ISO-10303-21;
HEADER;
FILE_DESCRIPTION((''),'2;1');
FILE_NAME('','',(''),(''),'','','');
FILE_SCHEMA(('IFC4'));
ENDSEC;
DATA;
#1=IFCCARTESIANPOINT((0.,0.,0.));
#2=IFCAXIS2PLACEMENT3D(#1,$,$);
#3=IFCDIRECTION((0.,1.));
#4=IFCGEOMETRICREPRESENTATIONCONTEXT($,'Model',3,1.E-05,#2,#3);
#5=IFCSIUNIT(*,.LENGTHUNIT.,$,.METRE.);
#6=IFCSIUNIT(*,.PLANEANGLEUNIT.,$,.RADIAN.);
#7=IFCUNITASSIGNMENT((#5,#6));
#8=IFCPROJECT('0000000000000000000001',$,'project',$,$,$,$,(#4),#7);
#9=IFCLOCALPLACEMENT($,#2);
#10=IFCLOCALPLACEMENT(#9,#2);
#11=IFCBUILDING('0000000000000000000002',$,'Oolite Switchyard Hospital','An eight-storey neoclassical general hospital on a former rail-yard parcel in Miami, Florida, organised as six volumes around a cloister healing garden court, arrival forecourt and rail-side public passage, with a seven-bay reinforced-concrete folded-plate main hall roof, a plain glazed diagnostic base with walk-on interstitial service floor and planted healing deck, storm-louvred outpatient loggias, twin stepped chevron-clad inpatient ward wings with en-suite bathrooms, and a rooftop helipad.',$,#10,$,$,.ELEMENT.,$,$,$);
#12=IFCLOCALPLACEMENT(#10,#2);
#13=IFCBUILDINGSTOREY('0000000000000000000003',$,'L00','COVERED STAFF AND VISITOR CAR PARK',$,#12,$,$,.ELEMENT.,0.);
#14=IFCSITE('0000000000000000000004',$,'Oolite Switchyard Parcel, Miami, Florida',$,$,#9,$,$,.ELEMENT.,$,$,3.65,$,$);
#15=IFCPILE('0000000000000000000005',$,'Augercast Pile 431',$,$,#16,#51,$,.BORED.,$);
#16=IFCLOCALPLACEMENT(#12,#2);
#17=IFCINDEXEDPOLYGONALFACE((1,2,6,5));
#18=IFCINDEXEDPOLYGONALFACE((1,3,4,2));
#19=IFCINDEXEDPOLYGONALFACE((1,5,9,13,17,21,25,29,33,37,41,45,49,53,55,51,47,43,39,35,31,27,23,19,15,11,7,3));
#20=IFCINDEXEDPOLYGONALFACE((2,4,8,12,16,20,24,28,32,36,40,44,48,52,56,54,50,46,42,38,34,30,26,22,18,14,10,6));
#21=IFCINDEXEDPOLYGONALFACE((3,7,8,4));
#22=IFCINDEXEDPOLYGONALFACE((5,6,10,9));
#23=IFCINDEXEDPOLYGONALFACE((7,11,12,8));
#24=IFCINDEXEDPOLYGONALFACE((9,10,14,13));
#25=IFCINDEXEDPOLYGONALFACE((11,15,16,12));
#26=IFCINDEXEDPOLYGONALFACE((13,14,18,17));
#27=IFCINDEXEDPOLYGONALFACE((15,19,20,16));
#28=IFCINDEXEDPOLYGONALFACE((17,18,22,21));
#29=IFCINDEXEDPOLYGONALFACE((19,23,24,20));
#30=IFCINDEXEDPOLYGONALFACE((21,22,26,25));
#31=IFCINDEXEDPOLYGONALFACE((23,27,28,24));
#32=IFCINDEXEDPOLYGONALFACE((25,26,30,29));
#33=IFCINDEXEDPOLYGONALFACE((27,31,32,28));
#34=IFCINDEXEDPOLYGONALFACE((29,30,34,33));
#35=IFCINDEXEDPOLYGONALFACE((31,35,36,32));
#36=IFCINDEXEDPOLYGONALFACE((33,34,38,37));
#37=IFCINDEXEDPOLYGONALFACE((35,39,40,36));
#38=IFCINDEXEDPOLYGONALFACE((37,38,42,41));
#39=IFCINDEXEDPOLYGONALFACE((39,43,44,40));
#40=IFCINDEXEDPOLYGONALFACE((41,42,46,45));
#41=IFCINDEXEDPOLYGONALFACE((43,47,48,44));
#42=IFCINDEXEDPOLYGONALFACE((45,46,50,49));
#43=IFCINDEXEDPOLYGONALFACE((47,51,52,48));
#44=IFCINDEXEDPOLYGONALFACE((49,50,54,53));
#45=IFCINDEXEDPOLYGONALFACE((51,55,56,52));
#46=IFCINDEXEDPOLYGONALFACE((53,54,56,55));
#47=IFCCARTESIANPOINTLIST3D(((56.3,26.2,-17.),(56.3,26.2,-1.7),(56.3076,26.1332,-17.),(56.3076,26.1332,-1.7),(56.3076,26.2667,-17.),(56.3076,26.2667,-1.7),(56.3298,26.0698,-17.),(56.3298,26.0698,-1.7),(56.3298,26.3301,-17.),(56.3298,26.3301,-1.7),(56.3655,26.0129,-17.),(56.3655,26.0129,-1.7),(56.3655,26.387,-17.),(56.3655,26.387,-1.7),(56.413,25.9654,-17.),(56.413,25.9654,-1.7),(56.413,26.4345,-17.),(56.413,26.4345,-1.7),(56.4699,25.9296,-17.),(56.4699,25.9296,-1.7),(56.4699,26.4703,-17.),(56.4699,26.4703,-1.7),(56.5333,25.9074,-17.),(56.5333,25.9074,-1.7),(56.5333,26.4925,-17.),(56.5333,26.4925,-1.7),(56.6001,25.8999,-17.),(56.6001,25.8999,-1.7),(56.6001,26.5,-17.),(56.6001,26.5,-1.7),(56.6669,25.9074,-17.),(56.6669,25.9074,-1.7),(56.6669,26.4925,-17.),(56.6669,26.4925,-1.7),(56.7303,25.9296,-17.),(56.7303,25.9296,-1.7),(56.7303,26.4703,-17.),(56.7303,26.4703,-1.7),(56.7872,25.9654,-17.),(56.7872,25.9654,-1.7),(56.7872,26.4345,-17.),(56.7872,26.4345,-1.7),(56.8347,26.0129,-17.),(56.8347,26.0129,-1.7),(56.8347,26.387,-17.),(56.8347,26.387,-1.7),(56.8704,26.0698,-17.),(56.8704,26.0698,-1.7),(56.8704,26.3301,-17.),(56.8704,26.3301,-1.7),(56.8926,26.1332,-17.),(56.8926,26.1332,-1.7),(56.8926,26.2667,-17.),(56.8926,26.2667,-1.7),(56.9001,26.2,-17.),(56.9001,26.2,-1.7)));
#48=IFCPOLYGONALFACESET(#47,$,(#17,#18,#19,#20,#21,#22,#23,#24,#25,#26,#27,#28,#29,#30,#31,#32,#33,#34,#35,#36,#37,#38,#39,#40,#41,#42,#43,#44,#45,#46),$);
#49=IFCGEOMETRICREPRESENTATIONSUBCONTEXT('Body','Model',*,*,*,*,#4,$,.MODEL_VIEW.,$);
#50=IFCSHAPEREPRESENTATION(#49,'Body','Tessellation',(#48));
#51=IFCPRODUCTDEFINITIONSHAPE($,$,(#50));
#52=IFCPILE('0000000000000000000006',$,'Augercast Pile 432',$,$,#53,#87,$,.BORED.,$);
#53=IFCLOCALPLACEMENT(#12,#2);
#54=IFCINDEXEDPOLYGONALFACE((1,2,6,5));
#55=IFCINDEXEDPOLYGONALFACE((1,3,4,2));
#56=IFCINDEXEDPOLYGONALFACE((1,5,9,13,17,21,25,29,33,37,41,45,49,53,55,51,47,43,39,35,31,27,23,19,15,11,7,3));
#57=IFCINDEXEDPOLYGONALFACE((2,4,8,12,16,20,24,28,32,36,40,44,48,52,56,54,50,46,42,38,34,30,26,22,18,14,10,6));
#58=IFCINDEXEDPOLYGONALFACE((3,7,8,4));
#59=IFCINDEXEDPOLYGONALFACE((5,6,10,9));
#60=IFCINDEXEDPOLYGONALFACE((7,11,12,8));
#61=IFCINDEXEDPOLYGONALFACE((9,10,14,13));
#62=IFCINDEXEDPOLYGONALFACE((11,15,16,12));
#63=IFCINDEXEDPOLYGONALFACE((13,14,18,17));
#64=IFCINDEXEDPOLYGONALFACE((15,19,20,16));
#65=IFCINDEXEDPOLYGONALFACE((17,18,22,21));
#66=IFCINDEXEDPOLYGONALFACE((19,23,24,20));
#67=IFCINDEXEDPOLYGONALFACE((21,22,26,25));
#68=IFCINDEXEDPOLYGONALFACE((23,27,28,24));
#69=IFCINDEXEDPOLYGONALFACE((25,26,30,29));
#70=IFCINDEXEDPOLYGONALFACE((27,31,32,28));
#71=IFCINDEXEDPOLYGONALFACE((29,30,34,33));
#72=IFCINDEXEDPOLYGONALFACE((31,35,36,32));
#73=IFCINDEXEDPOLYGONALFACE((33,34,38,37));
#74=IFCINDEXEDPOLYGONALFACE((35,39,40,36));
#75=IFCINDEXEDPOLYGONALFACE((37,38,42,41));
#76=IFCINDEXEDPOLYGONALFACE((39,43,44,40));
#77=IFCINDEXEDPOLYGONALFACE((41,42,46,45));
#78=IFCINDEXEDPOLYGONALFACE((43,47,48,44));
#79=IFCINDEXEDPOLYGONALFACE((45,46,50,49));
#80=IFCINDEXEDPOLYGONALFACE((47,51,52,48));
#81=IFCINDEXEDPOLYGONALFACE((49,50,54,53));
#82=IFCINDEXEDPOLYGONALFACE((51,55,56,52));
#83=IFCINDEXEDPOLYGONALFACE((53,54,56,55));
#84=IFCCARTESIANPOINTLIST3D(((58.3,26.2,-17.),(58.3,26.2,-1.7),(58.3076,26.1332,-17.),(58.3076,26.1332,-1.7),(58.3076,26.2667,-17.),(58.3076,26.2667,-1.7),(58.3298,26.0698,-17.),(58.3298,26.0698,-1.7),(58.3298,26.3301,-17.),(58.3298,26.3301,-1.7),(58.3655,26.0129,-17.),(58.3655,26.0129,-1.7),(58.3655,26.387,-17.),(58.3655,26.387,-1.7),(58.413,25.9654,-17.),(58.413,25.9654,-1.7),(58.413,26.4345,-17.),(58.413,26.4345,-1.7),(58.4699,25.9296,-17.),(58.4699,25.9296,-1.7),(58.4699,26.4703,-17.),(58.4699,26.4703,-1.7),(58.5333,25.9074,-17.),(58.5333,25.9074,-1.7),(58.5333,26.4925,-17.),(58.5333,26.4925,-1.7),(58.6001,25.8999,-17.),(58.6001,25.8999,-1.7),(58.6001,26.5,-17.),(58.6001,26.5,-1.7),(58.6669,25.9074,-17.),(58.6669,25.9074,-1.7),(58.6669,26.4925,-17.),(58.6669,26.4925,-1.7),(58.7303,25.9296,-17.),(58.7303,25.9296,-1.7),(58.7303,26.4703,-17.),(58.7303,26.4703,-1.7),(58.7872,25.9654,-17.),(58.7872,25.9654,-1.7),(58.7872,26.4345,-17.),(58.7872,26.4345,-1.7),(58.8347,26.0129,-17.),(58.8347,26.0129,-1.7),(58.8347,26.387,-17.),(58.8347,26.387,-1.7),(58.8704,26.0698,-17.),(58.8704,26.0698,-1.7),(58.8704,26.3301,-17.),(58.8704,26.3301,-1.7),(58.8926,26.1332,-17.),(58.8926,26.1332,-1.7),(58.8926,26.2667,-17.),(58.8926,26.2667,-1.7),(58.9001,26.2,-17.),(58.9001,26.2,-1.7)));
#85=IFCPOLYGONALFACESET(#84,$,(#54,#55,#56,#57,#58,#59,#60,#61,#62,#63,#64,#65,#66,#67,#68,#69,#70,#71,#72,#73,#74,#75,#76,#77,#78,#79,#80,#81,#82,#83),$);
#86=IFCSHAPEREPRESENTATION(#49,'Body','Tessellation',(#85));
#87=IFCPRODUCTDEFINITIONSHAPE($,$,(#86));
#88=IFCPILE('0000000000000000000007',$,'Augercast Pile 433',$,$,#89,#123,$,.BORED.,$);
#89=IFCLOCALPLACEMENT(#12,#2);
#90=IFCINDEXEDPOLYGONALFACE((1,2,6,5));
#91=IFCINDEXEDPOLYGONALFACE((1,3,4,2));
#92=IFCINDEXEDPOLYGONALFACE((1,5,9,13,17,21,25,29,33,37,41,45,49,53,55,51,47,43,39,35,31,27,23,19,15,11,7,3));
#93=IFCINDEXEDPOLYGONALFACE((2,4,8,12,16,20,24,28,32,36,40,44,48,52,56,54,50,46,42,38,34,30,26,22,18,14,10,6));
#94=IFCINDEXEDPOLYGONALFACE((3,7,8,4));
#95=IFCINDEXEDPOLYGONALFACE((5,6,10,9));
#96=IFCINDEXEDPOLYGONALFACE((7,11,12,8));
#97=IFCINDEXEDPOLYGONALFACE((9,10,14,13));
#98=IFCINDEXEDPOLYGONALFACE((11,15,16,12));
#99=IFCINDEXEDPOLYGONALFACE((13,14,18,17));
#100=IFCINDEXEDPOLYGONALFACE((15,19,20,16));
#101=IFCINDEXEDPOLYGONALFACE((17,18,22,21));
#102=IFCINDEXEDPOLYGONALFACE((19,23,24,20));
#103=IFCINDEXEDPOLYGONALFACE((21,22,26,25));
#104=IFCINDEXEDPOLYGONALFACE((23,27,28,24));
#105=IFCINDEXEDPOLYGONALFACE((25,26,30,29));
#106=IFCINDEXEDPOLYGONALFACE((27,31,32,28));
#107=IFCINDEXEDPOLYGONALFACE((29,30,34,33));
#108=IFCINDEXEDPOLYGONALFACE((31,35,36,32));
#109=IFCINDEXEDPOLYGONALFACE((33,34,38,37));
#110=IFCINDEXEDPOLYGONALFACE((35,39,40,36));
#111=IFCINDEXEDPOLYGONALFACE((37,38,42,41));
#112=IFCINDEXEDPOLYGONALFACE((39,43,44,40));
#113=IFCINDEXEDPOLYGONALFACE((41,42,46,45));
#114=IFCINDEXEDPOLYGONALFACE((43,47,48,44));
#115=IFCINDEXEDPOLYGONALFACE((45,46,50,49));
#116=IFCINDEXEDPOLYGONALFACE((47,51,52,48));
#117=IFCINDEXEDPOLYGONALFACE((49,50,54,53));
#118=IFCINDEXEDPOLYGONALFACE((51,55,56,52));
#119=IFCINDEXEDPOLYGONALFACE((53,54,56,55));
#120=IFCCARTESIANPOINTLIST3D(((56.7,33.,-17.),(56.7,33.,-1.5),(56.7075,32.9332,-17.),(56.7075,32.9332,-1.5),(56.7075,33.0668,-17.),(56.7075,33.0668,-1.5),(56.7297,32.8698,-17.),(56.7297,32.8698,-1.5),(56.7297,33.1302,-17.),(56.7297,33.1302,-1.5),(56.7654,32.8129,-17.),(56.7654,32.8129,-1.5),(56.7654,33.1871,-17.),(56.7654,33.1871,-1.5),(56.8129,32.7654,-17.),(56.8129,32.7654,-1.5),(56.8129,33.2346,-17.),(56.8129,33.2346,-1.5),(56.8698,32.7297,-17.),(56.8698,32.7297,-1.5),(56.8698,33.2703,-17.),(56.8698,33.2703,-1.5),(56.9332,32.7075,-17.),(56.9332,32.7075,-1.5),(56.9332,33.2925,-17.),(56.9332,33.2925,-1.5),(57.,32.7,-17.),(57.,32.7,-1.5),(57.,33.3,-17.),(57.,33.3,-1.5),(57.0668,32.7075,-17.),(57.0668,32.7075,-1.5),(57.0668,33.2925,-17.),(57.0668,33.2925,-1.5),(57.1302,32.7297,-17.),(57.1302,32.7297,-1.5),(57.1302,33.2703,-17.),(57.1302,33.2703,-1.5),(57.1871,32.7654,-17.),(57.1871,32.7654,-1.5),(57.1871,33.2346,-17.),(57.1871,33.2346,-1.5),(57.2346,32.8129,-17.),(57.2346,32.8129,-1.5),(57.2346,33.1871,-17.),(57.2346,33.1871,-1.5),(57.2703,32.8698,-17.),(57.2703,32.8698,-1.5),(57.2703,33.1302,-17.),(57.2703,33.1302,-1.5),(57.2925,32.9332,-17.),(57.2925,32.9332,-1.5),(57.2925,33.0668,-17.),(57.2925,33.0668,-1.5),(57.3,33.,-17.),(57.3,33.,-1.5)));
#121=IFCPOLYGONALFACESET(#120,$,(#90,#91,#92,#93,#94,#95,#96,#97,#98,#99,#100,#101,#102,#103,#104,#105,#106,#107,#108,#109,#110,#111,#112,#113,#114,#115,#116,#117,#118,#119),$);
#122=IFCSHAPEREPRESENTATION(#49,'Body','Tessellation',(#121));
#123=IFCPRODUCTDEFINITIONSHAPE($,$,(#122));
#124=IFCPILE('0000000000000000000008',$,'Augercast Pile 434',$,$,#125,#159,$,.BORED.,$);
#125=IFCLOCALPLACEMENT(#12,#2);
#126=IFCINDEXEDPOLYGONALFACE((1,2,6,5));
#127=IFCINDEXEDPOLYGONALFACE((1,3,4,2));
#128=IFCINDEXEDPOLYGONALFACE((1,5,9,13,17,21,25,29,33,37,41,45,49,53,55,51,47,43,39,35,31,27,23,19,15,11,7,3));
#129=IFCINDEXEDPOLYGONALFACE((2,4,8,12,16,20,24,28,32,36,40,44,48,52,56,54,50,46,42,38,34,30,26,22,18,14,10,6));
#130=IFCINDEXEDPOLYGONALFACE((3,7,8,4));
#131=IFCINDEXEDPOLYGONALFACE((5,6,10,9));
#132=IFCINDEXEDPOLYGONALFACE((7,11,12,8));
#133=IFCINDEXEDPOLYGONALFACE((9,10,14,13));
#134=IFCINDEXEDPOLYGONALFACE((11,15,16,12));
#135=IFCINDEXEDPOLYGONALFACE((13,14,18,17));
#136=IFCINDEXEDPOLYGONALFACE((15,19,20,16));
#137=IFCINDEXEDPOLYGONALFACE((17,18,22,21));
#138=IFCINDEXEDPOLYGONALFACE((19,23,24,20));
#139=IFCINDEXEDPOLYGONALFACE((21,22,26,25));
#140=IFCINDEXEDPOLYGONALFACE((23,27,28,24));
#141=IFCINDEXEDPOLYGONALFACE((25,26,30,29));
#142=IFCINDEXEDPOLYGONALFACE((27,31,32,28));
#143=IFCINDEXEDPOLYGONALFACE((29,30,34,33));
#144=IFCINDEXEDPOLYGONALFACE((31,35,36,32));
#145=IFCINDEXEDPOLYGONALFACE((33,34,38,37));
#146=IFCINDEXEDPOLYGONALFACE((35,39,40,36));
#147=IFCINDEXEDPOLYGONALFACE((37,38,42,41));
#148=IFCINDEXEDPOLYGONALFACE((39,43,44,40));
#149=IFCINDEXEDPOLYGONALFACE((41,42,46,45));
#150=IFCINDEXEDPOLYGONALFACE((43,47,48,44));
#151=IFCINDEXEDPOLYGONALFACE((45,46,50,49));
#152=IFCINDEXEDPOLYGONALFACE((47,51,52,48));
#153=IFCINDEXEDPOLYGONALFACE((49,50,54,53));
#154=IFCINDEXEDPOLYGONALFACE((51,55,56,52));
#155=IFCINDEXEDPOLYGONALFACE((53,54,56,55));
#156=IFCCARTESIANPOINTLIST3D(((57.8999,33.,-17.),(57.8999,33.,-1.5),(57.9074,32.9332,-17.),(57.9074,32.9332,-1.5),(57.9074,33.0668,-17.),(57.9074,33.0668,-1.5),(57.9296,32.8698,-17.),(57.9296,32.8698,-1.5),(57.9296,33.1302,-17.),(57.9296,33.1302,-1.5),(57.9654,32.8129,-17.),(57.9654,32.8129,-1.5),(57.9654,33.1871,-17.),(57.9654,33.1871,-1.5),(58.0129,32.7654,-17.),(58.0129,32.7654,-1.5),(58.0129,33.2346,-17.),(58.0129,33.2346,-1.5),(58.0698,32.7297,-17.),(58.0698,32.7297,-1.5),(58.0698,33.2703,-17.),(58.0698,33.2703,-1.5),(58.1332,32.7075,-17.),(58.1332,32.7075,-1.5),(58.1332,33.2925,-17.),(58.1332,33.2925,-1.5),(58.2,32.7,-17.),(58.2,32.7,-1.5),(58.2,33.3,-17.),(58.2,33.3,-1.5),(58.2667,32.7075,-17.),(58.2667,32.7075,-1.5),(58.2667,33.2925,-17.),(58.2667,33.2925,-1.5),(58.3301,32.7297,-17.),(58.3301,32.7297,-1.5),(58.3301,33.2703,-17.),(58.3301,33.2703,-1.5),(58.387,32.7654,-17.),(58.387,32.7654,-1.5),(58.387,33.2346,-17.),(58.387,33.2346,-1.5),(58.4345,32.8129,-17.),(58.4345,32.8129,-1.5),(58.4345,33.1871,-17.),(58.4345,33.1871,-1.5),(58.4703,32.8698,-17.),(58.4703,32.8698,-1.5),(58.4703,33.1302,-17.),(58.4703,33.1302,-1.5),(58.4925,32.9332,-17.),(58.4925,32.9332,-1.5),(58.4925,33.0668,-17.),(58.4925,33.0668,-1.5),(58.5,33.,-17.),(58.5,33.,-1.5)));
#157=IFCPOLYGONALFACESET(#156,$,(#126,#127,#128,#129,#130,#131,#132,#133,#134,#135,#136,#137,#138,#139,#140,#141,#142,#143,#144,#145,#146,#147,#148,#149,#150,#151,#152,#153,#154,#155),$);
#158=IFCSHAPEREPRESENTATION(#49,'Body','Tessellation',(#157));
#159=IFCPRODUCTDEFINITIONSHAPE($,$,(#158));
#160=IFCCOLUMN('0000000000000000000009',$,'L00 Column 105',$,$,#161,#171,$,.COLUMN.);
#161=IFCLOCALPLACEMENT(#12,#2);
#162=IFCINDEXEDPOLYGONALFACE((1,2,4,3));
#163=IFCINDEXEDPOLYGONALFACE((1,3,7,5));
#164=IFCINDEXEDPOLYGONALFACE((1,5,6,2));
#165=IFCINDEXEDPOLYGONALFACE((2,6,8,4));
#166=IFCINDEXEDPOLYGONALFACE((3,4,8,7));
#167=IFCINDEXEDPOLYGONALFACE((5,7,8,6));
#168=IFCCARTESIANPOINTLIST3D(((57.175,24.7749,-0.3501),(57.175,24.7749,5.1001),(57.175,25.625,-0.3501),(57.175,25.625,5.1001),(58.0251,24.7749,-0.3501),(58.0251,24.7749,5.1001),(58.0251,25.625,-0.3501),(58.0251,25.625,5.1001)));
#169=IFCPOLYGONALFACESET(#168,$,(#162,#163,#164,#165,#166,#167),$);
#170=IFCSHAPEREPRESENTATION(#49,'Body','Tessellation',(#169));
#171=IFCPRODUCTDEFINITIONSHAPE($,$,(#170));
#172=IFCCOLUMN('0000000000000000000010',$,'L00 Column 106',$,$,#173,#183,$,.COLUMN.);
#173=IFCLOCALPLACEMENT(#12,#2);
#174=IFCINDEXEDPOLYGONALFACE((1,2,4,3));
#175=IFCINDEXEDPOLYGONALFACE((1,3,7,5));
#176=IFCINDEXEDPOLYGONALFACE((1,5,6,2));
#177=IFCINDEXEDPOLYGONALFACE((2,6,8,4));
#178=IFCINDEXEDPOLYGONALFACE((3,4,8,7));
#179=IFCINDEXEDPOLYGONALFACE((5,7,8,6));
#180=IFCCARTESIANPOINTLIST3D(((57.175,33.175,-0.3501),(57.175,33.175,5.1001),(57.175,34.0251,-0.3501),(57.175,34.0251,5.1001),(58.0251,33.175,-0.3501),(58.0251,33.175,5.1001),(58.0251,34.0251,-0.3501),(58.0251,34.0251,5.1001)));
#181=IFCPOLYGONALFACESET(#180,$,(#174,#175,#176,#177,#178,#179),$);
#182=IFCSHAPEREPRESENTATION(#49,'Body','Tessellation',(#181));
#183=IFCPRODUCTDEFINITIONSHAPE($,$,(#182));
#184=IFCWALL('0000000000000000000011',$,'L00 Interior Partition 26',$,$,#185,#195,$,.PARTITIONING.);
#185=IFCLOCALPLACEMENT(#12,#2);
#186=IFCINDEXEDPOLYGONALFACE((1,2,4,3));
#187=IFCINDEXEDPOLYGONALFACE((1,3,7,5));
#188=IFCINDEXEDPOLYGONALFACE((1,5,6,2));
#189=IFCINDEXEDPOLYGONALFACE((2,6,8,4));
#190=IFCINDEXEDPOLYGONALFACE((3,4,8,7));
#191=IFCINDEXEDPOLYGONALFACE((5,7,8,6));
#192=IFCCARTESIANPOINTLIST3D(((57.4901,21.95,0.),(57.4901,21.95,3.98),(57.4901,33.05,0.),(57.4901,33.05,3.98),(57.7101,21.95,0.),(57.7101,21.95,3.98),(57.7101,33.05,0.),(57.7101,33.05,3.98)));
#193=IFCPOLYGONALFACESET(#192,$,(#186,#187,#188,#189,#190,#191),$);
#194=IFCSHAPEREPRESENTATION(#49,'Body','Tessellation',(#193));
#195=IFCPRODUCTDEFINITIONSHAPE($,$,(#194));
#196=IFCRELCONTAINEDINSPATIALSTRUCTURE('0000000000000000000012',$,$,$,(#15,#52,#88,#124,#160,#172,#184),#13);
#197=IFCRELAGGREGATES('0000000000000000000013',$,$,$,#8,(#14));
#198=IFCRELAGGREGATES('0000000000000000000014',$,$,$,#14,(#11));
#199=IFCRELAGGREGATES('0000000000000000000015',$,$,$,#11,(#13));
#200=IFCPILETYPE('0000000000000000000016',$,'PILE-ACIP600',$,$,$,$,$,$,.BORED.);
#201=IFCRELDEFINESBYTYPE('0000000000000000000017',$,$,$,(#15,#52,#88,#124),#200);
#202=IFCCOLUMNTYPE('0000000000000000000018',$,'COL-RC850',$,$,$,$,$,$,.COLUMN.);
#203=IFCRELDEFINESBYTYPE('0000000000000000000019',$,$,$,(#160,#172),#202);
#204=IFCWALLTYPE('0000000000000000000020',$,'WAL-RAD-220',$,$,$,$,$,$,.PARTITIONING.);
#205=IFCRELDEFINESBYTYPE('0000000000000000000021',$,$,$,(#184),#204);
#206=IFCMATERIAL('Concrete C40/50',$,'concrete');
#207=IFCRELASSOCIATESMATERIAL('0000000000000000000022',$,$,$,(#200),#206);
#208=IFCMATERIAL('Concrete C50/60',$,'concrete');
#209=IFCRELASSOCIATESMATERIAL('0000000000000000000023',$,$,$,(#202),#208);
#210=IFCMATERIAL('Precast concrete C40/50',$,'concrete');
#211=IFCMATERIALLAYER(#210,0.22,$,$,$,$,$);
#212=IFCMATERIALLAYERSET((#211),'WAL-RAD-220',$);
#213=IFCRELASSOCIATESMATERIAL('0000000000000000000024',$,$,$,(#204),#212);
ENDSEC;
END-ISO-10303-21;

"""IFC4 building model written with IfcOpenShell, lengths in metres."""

from ifc_helpers import new_model, si_unit, direction, frame, frame_2d, origin, origin_2d, place, context, subcontext, project, spatial, rectangle, circle, extrude, material, layer, layer_set, material_profile, profile_set, type_object, element, save


model = new_model("IFC4")

# Units and contexts
model_context = context("Model", 3, precision=1e-05, world=origin(), true_north=direction((0.0, 1.0)))
body_context = subcontext(model_context, "Body", "Model", "MODEL_VIEW")
ifc_project = project(units=[si_unit("LENGTHUNIT", "METRE"), si_unit("PLANEANGLEUNIT", "RADIAN")], contexts=[model_context])

# Site, building, storey
site_placement = place(None, origin())
site = spatial("IfcSite", under=ifc_project, at=site_placement, Name="Oolite Switchyard Parcel, Miami, Florida", CompositionType="ELEMENT", RefElevation=3.65)
building_placement = place(site_placement, origin())
building = spatial("IfcBuilding", under=site, at=building_placement, Name="Oolite Switchyard Hospital", Description="An eight-storey neoclassical general hospital on a former rail-yard parcel in Miami, Florida, organised as six volumes around a cloister healing garden court, arrival forecourt and rail-side public passage, with a seven-bay reinforced-concrete folded-plate main hall roof, a plain glazed diagnostic base with walk-on interstitial service floor and planted healing deck, storm-louvred outpatient loggias, twin stepped chevron-clad inpatient ward wings with en-suite bathrooms, and a rooftop helipad.", CompositionType="ELEMENT")
storey_placement = place(building_placement, origin())
storey = spatial("IfcBuildingStorey", under=building, at=storey_placement, Name="L00", Description="COVERED STAFF AND VISITOR CAR PARK", CompositionType="ELEMENT", Elevation=0.0)

# Shared definitions
ifc_material_1 = material(Name="Concrete C40/50", Category="concrete")

# Piles
ifc_material_profile_1 = material_profile(ifc_material_1, circle(Radius=0.3, at=origin_2d()), Name="PILE600")
ifc_profile_set_1 = profile_set([ifc_material_profile_1], Name="Concrete C40/50")
pile_type = type_object("IfcPileType", Name="PILE-ACIP600", PredefinedType="BORED", material=ifc_profile_set_1)
for number, where, z_axis, x_axis, name in (
    (1, (56.6001, 26.2, -1.7), (0.0, 0.0, -1.0), (1.0, 0.0, 0.0), "Augercast Pile 431"),
    (2, (58.6001, 26.2, -1.7), (0.0, 0.0, -1.0), (1.0, 0.0, 0.0), "Augercast Pile 432"),
):
    element("IfcPile", number, at=place(storey_placement, frame(where, z_axis=z_axis, x_axis=x_axis)), inside=storey, type_object=pile_type, Name=name, PredefinedType="BORED", context=body_context, shape_type="SweptSolid", body=[
        extrude(circle(Radius=0.3, at=origin_2d()), origin(), (0.0, 0.0, 1.0), 15.3),
    ])
for number, where, z_axis, x_axis, name in (
    (3, (57.0, 33.0, -1.5), (0.0, 0.0, -1.0), (1.0, 0.0, 0.0), "Augercast Pile 433"),
    (4, (58.2, 33.0, -1.5), (0.0, 0.0, -1.0), (1.0, 0.0, 0.0), "Augercast Pile 434"),
):
    element("IfcPile", number, at=place(storey_placement, frame(where, z_axis=z_axis, x_axis=x_axis)), inside=storey, type_object=pile_type, Name=name, PredefinedType="BORED", context=body_context, shape_type="SweptSolid", body=[
        extrude(circle(Radius=0.3, at=origin_2d()), origin(), (0.0, 0.0, 1.0), 15.5),
    ])

# Columns
ifc_material_2 = material(Name="Concrete C50/60", Category="concrete")
ifc_material_profile_2 = material_profile(ifc_material_2, rectangle(XDim=0.8501, YDim=0.8501, at=origin_2d()), Name="RC850X850")
ifc_profile_set_2 = profile_set([ifc_material_profile_2], Name="Concrete C50/60")
column_type = type_object("IfcColumnType", Name="COL-RC850", PredefinedType="COLUMN", material=ifc_profile_set_2)
for number, where, z_axis, x_axis, name in (
    (5, (57.6001, 25.2, -0.3501), (0.0, 0.0, 1.0), (1.0, 0.0, 0.0), "L00 Column 105"),
    (6, (57.6001, 33.6001, -0.3501), (0.0, 0.0, 1.0), (1.0, 0.0, 0.0), "L00 Column 106"),
):
    element("IfcColumn", number, at=place(storey_placement, frame(where, z_axis=z_axis, x_axis=x_axis)), inside=storey, type_object=column_type, Name=name, PredefinedType="COLUMN", context=body_context, shape_type="SweptSolid", body=[
        extrude(rectangle(XDim=0.8501, YDim=0.8501, at=origin_2d()), origin(), (0.0, 0.0, 1.0), 5.4502),
    ])

# Wall
ifc_material_3 = material(Name="Precast concrete C40/50", Category="concrete")
ifc_layer_1 = layer(ifc_material_3, 0.22)
ifc_layer_set_1 = layer_set([ifc_layer_1], Name="WAL-RAD-220")
wall_type_1 = type_object("IfcWallType", Name="WAL-RAD-220", PredefinedType="PARTITIONING", material=ifc_layer_set_1)
wall_1_placement = place(storey_placement, frame((57.6001, 21.95, 0.0), z_axis=(0.0, 0.0, 1.0), x_axis=(0.0, 1.0, 0.0)))
element("IfcWall", 7, at=wall_1_placement, inside=storey, type_object=wall_type_1, Name="L00 Interior Partition 26", PredefinedType="PARTITIONING", context=body_context, shape_type="SweptSolid", body=[
    extrude(rectangle(XDim=11.1001, YDim=0.22, at=frame_2d((5.55, 0.0))), origin(), (0.0, 0.0, 1.0), 3.98),
])

save(model, "model.ifc")
